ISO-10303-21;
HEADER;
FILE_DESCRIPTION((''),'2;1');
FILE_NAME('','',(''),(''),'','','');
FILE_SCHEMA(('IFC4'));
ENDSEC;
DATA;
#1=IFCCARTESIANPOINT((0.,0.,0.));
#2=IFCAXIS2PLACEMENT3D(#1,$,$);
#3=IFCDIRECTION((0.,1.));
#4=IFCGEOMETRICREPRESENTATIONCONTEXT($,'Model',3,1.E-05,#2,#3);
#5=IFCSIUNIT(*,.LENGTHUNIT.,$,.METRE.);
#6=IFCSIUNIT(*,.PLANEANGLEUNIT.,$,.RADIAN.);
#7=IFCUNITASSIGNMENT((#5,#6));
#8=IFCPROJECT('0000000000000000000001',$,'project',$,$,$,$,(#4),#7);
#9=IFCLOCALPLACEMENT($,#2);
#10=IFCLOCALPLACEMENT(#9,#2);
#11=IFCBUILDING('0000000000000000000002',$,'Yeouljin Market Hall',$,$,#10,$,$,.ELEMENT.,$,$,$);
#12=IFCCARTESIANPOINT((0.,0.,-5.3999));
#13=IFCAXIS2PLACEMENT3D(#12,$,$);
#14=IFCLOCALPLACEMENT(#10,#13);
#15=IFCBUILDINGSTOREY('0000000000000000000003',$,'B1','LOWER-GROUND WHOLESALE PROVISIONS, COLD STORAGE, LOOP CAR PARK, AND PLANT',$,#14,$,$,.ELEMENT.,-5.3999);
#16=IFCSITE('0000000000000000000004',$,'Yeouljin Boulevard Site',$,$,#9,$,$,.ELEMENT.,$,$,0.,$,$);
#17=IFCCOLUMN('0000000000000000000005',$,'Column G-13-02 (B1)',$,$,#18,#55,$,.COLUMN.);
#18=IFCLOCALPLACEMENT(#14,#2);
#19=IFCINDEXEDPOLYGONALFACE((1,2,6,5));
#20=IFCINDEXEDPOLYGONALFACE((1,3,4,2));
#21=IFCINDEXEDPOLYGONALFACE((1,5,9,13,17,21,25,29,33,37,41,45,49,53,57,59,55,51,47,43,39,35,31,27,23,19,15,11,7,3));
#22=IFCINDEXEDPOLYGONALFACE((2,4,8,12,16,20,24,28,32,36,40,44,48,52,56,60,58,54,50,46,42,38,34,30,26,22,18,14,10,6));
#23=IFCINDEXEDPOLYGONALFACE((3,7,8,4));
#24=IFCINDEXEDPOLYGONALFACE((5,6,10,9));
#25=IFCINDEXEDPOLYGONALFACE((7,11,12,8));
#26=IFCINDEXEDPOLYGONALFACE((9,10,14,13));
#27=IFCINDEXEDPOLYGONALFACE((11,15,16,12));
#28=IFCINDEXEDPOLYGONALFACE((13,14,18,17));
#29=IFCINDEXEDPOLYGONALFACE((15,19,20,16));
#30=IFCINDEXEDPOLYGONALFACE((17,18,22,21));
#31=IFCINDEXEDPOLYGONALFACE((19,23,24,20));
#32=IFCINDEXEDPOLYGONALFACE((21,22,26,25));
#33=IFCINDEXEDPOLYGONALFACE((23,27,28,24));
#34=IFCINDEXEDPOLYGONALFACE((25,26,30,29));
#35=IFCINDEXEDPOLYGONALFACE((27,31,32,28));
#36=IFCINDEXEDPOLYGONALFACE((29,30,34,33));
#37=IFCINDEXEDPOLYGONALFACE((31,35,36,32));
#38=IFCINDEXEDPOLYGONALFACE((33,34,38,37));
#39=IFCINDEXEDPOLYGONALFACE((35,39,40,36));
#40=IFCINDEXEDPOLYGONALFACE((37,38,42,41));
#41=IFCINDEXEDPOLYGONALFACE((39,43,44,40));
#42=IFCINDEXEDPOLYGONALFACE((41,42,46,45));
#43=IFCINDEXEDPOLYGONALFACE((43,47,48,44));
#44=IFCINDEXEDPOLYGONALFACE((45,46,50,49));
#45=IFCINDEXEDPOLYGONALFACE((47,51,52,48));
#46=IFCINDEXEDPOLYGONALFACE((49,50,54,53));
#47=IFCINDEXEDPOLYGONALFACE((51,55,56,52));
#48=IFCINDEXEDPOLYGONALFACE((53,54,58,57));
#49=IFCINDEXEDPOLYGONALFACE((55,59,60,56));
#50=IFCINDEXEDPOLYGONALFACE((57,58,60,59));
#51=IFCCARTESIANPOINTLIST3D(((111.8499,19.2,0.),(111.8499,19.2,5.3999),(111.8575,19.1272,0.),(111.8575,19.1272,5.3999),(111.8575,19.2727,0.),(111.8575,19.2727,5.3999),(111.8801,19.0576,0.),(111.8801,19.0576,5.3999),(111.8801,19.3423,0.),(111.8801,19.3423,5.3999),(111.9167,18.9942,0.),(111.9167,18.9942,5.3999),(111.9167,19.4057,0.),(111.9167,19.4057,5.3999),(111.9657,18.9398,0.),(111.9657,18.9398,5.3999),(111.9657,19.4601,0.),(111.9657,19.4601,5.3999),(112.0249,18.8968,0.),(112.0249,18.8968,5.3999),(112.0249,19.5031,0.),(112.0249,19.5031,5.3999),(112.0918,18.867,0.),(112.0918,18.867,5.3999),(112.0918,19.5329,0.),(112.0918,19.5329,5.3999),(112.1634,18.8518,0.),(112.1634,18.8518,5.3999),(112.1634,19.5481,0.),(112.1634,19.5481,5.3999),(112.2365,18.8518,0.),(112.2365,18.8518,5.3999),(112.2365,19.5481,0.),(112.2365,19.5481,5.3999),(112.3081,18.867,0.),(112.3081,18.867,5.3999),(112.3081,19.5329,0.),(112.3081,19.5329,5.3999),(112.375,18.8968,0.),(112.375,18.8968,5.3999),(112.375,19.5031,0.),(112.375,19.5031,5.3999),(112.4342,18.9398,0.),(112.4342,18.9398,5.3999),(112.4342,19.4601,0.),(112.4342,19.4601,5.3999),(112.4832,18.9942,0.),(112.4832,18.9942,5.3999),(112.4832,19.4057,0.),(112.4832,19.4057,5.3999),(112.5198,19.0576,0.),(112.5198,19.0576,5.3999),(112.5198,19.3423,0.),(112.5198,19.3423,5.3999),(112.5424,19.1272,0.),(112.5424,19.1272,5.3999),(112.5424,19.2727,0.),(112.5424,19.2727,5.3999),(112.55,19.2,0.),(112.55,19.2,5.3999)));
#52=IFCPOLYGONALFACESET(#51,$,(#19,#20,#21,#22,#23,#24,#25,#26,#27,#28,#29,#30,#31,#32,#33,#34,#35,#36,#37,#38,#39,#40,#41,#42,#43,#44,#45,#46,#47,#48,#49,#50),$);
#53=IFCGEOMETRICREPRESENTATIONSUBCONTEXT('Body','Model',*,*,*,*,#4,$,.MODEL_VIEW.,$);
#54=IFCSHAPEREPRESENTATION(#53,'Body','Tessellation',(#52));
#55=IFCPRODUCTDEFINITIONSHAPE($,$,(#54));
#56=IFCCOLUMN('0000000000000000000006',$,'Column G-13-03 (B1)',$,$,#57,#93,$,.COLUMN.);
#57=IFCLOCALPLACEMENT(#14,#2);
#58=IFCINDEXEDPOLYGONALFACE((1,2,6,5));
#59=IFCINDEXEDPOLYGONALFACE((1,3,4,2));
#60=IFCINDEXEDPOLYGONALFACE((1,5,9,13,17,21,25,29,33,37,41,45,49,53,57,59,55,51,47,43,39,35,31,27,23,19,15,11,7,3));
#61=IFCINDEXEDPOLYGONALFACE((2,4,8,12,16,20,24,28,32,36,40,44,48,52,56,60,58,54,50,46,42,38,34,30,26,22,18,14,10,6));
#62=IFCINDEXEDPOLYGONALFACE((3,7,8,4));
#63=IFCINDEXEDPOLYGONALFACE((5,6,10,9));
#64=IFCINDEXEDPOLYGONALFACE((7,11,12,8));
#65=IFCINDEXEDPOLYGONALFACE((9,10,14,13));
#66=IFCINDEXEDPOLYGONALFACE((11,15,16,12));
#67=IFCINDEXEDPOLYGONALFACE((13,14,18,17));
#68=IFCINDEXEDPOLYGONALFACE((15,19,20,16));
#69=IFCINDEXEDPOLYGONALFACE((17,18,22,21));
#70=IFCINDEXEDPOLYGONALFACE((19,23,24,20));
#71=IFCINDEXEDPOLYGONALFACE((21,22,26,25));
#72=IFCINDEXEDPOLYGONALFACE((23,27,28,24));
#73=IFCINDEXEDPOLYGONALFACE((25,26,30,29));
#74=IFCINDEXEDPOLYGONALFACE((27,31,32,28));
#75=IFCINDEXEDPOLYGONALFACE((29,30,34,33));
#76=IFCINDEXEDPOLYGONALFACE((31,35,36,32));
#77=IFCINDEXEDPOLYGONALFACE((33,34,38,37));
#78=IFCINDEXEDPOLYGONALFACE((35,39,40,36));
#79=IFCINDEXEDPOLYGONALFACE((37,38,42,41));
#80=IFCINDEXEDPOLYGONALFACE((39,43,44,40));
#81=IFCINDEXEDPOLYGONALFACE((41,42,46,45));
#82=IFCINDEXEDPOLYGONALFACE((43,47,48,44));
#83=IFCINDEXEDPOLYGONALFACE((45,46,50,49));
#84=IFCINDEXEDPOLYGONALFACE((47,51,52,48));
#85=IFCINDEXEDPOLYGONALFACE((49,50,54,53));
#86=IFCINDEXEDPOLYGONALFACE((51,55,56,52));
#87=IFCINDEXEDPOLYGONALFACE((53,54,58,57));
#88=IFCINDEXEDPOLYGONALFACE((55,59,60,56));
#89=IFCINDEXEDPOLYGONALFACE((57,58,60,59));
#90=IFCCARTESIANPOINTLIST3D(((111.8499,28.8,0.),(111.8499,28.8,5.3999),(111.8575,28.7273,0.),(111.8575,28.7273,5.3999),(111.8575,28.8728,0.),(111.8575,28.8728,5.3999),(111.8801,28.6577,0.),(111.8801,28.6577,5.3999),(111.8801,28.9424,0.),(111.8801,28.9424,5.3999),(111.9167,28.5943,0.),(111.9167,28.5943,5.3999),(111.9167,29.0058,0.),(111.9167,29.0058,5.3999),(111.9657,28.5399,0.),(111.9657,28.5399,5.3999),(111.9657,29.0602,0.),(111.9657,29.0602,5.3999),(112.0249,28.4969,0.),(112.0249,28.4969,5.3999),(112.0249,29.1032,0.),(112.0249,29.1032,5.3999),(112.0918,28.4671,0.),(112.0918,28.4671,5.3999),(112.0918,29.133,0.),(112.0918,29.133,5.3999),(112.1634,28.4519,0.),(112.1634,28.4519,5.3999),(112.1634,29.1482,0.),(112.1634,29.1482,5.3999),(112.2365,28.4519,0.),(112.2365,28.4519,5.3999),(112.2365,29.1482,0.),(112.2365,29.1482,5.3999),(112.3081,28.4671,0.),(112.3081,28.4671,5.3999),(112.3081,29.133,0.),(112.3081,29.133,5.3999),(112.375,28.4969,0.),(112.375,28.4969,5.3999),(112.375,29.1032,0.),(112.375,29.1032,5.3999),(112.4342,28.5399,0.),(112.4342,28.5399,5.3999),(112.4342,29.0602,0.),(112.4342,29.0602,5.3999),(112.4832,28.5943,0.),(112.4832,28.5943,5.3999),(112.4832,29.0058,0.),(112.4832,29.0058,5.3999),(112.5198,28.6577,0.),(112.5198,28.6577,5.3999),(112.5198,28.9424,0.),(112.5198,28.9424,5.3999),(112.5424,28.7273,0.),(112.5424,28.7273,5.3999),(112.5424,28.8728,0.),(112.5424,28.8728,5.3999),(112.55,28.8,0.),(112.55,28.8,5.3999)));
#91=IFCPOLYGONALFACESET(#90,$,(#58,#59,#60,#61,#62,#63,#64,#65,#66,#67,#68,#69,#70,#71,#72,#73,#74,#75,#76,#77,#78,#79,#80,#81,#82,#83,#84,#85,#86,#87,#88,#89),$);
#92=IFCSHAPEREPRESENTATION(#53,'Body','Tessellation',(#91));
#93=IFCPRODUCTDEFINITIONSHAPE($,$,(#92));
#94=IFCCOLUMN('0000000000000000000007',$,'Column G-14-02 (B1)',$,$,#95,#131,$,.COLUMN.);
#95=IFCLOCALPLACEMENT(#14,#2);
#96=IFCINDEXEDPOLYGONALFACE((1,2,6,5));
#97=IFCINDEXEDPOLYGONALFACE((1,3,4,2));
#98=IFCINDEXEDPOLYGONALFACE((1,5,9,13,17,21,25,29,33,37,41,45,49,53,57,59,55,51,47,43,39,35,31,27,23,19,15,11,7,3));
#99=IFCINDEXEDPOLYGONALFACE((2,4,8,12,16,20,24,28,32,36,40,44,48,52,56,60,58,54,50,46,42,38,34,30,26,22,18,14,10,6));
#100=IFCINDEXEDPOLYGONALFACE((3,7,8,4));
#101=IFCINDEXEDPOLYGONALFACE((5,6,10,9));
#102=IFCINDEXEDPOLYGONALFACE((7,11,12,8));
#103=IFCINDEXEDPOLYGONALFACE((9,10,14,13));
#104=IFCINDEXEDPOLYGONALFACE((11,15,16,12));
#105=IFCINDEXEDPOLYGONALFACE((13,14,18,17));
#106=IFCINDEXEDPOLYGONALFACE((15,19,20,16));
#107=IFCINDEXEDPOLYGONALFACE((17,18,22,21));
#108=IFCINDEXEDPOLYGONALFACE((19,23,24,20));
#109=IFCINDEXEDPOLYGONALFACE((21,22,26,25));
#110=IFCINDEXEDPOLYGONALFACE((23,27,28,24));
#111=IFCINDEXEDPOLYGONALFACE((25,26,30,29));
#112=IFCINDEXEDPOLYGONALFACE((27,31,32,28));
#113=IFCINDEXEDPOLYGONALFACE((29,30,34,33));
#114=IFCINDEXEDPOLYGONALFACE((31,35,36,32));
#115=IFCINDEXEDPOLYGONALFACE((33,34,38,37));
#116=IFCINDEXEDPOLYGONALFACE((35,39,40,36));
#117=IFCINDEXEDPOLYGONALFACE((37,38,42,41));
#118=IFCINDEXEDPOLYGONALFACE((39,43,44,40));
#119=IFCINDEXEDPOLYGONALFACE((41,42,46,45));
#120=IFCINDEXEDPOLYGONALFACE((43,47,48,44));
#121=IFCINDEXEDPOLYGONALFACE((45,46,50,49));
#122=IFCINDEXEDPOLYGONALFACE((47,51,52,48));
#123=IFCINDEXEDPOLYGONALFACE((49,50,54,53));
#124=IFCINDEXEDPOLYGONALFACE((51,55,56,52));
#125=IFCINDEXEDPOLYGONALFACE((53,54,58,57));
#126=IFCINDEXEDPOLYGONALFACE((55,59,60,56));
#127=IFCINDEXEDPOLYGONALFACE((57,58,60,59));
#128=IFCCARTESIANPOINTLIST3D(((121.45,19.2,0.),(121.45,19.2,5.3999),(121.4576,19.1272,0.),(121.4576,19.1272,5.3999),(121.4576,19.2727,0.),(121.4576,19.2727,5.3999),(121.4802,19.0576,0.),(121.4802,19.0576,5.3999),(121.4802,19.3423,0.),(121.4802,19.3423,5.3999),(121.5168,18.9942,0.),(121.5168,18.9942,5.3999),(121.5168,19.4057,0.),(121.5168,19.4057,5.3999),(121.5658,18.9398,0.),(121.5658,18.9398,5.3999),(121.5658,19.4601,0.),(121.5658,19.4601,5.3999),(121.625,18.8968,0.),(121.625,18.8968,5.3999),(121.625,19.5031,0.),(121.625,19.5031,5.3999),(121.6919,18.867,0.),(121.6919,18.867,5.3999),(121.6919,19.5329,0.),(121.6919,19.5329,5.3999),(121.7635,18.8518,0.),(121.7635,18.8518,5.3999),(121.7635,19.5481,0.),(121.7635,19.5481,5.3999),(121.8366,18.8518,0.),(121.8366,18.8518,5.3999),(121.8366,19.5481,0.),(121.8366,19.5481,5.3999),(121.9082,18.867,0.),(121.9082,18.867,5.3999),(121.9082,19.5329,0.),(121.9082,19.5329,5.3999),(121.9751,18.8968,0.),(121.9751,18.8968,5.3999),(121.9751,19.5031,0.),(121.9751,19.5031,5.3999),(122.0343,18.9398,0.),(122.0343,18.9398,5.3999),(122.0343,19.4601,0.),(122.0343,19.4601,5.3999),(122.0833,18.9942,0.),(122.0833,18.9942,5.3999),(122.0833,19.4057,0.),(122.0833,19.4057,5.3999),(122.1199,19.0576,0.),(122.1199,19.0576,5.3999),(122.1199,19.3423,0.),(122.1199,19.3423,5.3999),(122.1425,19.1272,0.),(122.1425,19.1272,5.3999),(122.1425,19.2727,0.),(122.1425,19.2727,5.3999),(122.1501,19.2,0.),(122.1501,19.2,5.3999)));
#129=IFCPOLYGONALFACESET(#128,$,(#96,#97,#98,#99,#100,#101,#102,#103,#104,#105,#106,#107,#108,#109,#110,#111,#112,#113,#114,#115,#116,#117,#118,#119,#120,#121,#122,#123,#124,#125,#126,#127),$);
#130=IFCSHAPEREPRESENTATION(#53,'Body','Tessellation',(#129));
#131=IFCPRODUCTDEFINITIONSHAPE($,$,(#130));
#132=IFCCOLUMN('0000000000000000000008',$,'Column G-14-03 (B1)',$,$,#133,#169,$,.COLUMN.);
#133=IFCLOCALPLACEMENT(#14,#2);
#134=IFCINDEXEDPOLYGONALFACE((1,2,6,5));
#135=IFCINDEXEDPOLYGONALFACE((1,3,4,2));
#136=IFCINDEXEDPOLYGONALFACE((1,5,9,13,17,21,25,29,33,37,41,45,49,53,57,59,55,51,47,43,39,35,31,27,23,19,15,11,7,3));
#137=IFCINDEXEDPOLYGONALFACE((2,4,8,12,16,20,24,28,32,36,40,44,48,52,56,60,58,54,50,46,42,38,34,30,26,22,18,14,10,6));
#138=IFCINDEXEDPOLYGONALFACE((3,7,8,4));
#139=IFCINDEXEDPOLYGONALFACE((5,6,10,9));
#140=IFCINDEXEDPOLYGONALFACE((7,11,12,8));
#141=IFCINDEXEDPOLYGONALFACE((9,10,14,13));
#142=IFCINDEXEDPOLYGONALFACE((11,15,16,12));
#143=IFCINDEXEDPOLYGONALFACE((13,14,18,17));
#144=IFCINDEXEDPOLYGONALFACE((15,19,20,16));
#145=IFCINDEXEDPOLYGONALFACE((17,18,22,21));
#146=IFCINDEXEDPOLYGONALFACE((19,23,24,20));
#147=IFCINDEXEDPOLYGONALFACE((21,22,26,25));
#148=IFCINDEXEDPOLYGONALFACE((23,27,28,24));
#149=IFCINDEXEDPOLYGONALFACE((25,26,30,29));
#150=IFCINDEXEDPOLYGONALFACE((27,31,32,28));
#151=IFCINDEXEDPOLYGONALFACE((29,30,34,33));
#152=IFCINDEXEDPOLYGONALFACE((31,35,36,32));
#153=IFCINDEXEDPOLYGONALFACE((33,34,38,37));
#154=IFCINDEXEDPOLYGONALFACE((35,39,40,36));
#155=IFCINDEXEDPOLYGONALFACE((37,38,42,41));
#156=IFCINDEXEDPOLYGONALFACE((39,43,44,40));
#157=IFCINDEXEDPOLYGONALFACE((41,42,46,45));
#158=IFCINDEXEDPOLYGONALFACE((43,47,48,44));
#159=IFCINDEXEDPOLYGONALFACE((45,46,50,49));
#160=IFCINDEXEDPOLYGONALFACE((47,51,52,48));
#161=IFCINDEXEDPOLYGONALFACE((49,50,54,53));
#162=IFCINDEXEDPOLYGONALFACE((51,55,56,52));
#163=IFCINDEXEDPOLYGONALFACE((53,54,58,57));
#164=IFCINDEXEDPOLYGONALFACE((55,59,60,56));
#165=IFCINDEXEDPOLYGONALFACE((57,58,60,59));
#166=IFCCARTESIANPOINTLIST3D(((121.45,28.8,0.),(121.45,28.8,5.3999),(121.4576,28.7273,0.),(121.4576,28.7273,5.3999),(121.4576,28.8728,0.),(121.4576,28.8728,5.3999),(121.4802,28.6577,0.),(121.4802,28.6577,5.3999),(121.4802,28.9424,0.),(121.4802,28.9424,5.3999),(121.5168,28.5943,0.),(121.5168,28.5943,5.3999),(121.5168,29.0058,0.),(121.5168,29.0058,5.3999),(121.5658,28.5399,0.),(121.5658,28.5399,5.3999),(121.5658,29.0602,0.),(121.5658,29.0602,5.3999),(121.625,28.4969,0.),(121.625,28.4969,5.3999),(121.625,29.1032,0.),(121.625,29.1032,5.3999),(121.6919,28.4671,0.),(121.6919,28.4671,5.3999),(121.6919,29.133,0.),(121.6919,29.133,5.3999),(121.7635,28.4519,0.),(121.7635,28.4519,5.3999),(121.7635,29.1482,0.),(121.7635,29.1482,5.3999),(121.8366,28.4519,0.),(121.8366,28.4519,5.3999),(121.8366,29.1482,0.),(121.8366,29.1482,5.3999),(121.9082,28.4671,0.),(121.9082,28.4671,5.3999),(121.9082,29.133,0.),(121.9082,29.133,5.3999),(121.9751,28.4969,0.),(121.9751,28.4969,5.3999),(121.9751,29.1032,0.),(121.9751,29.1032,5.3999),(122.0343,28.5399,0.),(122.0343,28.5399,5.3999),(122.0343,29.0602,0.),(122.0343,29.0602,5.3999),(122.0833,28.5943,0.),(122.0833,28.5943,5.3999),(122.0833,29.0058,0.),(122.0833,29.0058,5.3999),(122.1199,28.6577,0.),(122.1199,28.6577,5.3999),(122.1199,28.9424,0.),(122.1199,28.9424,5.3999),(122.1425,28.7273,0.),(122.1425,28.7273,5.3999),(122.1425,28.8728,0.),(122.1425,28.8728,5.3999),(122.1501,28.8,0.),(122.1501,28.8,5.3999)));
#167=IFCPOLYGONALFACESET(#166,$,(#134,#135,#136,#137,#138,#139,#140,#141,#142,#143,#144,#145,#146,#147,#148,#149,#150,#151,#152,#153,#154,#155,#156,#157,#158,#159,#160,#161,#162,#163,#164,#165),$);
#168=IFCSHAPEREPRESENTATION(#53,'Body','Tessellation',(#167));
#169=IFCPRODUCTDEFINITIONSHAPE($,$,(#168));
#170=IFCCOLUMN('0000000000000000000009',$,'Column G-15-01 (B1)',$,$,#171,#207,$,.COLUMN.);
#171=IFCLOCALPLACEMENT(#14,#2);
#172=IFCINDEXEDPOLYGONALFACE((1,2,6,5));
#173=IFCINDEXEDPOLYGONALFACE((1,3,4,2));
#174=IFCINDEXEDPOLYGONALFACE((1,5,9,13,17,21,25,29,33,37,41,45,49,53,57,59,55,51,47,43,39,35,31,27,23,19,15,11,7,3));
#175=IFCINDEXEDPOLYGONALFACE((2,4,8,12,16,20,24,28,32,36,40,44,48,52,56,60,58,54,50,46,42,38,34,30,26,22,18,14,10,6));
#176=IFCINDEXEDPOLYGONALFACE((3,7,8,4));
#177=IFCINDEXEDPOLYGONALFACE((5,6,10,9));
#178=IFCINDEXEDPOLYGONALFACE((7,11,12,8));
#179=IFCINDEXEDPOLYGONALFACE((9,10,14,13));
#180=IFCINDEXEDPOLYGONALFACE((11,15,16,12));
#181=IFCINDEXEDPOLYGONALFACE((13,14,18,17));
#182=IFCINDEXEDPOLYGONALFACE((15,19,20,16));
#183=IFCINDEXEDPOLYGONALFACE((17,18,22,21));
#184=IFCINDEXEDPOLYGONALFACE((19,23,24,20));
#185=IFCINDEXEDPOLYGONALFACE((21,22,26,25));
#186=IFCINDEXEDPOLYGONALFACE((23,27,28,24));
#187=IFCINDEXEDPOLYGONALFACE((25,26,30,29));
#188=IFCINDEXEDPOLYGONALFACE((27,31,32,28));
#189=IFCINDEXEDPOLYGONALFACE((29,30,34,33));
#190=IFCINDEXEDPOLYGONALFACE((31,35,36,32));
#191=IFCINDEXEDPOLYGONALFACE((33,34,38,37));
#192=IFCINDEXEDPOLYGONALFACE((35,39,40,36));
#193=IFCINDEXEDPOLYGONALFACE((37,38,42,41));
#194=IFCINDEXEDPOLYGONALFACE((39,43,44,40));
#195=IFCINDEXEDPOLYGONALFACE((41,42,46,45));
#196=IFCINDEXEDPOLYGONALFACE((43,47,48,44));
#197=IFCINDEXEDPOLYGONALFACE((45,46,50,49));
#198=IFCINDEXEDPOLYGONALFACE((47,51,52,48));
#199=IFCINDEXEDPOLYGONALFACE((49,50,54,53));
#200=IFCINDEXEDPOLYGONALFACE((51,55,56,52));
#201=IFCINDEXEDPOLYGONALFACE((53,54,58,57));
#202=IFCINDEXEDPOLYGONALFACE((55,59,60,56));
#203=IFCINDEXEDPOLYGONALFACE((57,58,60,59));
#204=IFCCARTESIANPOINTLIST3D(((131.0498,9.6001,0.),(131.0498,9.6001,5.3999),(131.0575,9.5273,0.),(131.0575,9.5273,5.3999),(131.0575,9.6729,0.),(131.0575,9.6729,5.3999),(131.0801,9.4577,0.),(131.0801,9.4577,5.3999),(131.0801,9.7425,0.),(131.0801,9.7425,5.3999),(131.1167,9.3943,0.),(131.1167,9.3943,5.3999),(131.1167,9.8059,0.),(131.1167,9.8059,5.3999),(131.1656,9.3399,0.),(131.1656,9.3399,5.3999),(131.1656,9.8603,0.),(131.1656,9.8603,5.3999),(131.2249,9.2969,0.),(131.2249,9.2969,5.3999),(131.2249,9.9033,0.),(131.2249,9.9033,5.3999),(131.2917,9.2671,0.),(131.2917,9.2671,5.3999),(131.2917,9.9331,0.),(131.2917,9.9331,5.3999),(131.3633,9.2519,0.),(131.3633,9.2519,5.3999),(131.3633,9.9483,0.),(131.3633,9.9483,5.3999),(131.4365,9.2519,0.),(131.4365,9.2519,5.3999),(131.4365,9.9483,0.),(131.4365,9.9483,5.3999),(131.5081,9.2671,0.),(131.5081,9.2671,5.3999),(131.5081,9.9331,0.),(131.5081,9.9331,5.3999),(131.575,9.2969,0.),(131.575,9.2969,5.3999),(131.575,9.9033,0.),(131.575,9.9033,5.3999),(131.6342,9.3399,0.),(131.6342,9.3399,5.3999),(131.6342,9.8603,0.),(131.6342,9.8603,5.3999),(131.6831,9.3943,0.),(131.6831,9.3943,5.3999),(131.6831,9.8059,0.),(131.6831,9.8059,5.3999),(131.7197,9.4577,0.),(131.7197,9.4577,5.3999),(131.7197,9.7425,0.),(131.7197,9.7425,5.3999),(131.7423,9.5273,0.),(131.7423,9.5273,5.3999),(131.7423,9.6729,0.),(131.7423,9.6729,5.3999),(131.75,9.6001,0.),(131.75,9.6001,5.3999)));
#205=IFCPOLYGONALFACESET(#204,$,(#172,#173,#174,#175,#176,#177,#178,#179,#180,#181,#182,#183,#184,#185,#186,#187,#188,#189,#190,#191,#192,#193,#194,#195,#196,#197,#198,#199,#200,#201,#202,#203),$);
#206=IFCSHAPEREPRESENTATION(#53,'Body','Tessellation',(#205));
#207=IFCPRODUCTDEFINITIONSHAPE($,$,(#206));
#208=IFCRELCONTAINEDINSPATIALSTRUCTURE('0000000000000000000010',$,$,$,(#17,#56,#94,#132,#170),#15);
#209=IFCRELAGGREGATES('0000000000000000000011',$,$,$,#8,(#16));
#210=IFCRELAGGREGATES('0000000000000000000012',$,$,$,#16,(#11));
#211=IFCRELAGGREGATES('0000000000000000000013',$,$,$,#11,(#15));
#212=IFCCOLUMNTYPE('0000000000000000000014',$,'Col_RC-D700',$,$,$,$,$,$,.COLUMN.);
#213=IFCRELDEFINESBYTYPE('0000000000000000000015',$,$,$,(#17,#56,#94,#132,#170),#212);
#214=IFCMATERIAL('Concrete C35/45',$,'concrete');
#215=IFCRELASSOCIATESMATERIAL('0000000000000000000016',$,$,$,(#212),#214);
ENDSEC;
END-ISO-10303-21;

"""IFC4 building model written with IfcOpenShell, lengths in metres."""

from ifc_helpers import new_model, si_unit, direction, frame, origin, origin_2d, place, context, subcontext, project, spatial, circle, extrude, material, material_profile, profile_set, type_object, element, save


model = new_model("IFC4")

# Units and contexts
model_context = context("Model", 3, precision=1e-05, world=origin(), true_north=direction((0.0, 1.0)))
body_context = subcontext(model_context, "Body", "Model", "MODEL_VIEW")
ifc_project = project(units=[si_unit("LENGTHUNIT", "METRE"), si_unit("PLANEANGLEUNIT", "RADIAN")], contexts=[model_context])

# Site, building, storey
site_placement = place(None, origin())
site = spatial("IfcSite", under=ifc_project, at=site_placement, Name="Yeouljin Boulevard Site", CompositionType="ELEMENT", RefElevation=0.0)
building_placement = place(site_placement, origin())
building = spatial("IfcBuilding", under=site, at=building_placement, Name="Yeouljin Market Hall", CompositionType="ELEMENT")
storey_placement = place(building_placement, frame((0.0, 0.0, -5.3999)))
storey = spatial("IfcBuildingStorey", under=building, at=storey_placement, Name="B1", Description="LOWER-GROUND WHOLESALE PROVISIONS, COLD STORAGE, LOOP CAR PARK, AND PLANT", CompositionType="ELEMENT", Elevation=-5.3999)

# Columns
ifc_material_1 = material(Name="Concrete C35/45", Category="concrete")
ifc_material_profile_1 = material_profile(ifc_material_1, circle(Radius=0.3501, at=origin_2d()), Name="RC-D700")
ifc_profile_set_1 = profile_set([ifc_material_profile_1], Name="Concrete C35/45")
column_type_1 = type_object("IfcColumnType", Name="Col_RC-D700", PredefinedType="COLUMN", material=ifc_profile_set_1)
for number, where, z_axis, x_axis, name in (
    (1, (112.2, 19.2, 0.0), (0.0, 0.0, 1.0), (1.0, 0.0, 0.0), "Column G-13-02 (B1)"),
    (2, (112.2, 28.8, 0.0), (0.0, 0.0, 1.0), (1.0, 0.0, 0.0), "Column G-13-03 (B1)"),
    (3, (121.8, 19.2, 0.0), (0.0, 0.0, 1.0), (1.0, 0.0, 0.0), "Column G-14-02 (B1)"),
    (4, (121.8, 28.8, 0.0), (0.0, 0.0, 1.0), (1.0, 0.0, 0.0), "Column G-14-03 (B1)"),
    (5, (131.3999, 9.6001, 0.0), (0.0, 0.0, 1.0), (1.0, 0.0, 0.0), "Column G-15-01 (B1)"),
):
    element("IfcColumn", number, at=place(storey_placement, frame(where, z_axis=z_axis, x_axis=x_axis)), inside=storey, type_object=column_type_1, Name=name, PredefinedType="COLUMN", context=body_context, shape_type="SweptSolid", body=[
        extrude(circle(Radius=0.3501, at=origin_2d()), origin(), (0.0, 0.0, 1.0), 5.3999),
    ])

save(model, "model.ifc")
